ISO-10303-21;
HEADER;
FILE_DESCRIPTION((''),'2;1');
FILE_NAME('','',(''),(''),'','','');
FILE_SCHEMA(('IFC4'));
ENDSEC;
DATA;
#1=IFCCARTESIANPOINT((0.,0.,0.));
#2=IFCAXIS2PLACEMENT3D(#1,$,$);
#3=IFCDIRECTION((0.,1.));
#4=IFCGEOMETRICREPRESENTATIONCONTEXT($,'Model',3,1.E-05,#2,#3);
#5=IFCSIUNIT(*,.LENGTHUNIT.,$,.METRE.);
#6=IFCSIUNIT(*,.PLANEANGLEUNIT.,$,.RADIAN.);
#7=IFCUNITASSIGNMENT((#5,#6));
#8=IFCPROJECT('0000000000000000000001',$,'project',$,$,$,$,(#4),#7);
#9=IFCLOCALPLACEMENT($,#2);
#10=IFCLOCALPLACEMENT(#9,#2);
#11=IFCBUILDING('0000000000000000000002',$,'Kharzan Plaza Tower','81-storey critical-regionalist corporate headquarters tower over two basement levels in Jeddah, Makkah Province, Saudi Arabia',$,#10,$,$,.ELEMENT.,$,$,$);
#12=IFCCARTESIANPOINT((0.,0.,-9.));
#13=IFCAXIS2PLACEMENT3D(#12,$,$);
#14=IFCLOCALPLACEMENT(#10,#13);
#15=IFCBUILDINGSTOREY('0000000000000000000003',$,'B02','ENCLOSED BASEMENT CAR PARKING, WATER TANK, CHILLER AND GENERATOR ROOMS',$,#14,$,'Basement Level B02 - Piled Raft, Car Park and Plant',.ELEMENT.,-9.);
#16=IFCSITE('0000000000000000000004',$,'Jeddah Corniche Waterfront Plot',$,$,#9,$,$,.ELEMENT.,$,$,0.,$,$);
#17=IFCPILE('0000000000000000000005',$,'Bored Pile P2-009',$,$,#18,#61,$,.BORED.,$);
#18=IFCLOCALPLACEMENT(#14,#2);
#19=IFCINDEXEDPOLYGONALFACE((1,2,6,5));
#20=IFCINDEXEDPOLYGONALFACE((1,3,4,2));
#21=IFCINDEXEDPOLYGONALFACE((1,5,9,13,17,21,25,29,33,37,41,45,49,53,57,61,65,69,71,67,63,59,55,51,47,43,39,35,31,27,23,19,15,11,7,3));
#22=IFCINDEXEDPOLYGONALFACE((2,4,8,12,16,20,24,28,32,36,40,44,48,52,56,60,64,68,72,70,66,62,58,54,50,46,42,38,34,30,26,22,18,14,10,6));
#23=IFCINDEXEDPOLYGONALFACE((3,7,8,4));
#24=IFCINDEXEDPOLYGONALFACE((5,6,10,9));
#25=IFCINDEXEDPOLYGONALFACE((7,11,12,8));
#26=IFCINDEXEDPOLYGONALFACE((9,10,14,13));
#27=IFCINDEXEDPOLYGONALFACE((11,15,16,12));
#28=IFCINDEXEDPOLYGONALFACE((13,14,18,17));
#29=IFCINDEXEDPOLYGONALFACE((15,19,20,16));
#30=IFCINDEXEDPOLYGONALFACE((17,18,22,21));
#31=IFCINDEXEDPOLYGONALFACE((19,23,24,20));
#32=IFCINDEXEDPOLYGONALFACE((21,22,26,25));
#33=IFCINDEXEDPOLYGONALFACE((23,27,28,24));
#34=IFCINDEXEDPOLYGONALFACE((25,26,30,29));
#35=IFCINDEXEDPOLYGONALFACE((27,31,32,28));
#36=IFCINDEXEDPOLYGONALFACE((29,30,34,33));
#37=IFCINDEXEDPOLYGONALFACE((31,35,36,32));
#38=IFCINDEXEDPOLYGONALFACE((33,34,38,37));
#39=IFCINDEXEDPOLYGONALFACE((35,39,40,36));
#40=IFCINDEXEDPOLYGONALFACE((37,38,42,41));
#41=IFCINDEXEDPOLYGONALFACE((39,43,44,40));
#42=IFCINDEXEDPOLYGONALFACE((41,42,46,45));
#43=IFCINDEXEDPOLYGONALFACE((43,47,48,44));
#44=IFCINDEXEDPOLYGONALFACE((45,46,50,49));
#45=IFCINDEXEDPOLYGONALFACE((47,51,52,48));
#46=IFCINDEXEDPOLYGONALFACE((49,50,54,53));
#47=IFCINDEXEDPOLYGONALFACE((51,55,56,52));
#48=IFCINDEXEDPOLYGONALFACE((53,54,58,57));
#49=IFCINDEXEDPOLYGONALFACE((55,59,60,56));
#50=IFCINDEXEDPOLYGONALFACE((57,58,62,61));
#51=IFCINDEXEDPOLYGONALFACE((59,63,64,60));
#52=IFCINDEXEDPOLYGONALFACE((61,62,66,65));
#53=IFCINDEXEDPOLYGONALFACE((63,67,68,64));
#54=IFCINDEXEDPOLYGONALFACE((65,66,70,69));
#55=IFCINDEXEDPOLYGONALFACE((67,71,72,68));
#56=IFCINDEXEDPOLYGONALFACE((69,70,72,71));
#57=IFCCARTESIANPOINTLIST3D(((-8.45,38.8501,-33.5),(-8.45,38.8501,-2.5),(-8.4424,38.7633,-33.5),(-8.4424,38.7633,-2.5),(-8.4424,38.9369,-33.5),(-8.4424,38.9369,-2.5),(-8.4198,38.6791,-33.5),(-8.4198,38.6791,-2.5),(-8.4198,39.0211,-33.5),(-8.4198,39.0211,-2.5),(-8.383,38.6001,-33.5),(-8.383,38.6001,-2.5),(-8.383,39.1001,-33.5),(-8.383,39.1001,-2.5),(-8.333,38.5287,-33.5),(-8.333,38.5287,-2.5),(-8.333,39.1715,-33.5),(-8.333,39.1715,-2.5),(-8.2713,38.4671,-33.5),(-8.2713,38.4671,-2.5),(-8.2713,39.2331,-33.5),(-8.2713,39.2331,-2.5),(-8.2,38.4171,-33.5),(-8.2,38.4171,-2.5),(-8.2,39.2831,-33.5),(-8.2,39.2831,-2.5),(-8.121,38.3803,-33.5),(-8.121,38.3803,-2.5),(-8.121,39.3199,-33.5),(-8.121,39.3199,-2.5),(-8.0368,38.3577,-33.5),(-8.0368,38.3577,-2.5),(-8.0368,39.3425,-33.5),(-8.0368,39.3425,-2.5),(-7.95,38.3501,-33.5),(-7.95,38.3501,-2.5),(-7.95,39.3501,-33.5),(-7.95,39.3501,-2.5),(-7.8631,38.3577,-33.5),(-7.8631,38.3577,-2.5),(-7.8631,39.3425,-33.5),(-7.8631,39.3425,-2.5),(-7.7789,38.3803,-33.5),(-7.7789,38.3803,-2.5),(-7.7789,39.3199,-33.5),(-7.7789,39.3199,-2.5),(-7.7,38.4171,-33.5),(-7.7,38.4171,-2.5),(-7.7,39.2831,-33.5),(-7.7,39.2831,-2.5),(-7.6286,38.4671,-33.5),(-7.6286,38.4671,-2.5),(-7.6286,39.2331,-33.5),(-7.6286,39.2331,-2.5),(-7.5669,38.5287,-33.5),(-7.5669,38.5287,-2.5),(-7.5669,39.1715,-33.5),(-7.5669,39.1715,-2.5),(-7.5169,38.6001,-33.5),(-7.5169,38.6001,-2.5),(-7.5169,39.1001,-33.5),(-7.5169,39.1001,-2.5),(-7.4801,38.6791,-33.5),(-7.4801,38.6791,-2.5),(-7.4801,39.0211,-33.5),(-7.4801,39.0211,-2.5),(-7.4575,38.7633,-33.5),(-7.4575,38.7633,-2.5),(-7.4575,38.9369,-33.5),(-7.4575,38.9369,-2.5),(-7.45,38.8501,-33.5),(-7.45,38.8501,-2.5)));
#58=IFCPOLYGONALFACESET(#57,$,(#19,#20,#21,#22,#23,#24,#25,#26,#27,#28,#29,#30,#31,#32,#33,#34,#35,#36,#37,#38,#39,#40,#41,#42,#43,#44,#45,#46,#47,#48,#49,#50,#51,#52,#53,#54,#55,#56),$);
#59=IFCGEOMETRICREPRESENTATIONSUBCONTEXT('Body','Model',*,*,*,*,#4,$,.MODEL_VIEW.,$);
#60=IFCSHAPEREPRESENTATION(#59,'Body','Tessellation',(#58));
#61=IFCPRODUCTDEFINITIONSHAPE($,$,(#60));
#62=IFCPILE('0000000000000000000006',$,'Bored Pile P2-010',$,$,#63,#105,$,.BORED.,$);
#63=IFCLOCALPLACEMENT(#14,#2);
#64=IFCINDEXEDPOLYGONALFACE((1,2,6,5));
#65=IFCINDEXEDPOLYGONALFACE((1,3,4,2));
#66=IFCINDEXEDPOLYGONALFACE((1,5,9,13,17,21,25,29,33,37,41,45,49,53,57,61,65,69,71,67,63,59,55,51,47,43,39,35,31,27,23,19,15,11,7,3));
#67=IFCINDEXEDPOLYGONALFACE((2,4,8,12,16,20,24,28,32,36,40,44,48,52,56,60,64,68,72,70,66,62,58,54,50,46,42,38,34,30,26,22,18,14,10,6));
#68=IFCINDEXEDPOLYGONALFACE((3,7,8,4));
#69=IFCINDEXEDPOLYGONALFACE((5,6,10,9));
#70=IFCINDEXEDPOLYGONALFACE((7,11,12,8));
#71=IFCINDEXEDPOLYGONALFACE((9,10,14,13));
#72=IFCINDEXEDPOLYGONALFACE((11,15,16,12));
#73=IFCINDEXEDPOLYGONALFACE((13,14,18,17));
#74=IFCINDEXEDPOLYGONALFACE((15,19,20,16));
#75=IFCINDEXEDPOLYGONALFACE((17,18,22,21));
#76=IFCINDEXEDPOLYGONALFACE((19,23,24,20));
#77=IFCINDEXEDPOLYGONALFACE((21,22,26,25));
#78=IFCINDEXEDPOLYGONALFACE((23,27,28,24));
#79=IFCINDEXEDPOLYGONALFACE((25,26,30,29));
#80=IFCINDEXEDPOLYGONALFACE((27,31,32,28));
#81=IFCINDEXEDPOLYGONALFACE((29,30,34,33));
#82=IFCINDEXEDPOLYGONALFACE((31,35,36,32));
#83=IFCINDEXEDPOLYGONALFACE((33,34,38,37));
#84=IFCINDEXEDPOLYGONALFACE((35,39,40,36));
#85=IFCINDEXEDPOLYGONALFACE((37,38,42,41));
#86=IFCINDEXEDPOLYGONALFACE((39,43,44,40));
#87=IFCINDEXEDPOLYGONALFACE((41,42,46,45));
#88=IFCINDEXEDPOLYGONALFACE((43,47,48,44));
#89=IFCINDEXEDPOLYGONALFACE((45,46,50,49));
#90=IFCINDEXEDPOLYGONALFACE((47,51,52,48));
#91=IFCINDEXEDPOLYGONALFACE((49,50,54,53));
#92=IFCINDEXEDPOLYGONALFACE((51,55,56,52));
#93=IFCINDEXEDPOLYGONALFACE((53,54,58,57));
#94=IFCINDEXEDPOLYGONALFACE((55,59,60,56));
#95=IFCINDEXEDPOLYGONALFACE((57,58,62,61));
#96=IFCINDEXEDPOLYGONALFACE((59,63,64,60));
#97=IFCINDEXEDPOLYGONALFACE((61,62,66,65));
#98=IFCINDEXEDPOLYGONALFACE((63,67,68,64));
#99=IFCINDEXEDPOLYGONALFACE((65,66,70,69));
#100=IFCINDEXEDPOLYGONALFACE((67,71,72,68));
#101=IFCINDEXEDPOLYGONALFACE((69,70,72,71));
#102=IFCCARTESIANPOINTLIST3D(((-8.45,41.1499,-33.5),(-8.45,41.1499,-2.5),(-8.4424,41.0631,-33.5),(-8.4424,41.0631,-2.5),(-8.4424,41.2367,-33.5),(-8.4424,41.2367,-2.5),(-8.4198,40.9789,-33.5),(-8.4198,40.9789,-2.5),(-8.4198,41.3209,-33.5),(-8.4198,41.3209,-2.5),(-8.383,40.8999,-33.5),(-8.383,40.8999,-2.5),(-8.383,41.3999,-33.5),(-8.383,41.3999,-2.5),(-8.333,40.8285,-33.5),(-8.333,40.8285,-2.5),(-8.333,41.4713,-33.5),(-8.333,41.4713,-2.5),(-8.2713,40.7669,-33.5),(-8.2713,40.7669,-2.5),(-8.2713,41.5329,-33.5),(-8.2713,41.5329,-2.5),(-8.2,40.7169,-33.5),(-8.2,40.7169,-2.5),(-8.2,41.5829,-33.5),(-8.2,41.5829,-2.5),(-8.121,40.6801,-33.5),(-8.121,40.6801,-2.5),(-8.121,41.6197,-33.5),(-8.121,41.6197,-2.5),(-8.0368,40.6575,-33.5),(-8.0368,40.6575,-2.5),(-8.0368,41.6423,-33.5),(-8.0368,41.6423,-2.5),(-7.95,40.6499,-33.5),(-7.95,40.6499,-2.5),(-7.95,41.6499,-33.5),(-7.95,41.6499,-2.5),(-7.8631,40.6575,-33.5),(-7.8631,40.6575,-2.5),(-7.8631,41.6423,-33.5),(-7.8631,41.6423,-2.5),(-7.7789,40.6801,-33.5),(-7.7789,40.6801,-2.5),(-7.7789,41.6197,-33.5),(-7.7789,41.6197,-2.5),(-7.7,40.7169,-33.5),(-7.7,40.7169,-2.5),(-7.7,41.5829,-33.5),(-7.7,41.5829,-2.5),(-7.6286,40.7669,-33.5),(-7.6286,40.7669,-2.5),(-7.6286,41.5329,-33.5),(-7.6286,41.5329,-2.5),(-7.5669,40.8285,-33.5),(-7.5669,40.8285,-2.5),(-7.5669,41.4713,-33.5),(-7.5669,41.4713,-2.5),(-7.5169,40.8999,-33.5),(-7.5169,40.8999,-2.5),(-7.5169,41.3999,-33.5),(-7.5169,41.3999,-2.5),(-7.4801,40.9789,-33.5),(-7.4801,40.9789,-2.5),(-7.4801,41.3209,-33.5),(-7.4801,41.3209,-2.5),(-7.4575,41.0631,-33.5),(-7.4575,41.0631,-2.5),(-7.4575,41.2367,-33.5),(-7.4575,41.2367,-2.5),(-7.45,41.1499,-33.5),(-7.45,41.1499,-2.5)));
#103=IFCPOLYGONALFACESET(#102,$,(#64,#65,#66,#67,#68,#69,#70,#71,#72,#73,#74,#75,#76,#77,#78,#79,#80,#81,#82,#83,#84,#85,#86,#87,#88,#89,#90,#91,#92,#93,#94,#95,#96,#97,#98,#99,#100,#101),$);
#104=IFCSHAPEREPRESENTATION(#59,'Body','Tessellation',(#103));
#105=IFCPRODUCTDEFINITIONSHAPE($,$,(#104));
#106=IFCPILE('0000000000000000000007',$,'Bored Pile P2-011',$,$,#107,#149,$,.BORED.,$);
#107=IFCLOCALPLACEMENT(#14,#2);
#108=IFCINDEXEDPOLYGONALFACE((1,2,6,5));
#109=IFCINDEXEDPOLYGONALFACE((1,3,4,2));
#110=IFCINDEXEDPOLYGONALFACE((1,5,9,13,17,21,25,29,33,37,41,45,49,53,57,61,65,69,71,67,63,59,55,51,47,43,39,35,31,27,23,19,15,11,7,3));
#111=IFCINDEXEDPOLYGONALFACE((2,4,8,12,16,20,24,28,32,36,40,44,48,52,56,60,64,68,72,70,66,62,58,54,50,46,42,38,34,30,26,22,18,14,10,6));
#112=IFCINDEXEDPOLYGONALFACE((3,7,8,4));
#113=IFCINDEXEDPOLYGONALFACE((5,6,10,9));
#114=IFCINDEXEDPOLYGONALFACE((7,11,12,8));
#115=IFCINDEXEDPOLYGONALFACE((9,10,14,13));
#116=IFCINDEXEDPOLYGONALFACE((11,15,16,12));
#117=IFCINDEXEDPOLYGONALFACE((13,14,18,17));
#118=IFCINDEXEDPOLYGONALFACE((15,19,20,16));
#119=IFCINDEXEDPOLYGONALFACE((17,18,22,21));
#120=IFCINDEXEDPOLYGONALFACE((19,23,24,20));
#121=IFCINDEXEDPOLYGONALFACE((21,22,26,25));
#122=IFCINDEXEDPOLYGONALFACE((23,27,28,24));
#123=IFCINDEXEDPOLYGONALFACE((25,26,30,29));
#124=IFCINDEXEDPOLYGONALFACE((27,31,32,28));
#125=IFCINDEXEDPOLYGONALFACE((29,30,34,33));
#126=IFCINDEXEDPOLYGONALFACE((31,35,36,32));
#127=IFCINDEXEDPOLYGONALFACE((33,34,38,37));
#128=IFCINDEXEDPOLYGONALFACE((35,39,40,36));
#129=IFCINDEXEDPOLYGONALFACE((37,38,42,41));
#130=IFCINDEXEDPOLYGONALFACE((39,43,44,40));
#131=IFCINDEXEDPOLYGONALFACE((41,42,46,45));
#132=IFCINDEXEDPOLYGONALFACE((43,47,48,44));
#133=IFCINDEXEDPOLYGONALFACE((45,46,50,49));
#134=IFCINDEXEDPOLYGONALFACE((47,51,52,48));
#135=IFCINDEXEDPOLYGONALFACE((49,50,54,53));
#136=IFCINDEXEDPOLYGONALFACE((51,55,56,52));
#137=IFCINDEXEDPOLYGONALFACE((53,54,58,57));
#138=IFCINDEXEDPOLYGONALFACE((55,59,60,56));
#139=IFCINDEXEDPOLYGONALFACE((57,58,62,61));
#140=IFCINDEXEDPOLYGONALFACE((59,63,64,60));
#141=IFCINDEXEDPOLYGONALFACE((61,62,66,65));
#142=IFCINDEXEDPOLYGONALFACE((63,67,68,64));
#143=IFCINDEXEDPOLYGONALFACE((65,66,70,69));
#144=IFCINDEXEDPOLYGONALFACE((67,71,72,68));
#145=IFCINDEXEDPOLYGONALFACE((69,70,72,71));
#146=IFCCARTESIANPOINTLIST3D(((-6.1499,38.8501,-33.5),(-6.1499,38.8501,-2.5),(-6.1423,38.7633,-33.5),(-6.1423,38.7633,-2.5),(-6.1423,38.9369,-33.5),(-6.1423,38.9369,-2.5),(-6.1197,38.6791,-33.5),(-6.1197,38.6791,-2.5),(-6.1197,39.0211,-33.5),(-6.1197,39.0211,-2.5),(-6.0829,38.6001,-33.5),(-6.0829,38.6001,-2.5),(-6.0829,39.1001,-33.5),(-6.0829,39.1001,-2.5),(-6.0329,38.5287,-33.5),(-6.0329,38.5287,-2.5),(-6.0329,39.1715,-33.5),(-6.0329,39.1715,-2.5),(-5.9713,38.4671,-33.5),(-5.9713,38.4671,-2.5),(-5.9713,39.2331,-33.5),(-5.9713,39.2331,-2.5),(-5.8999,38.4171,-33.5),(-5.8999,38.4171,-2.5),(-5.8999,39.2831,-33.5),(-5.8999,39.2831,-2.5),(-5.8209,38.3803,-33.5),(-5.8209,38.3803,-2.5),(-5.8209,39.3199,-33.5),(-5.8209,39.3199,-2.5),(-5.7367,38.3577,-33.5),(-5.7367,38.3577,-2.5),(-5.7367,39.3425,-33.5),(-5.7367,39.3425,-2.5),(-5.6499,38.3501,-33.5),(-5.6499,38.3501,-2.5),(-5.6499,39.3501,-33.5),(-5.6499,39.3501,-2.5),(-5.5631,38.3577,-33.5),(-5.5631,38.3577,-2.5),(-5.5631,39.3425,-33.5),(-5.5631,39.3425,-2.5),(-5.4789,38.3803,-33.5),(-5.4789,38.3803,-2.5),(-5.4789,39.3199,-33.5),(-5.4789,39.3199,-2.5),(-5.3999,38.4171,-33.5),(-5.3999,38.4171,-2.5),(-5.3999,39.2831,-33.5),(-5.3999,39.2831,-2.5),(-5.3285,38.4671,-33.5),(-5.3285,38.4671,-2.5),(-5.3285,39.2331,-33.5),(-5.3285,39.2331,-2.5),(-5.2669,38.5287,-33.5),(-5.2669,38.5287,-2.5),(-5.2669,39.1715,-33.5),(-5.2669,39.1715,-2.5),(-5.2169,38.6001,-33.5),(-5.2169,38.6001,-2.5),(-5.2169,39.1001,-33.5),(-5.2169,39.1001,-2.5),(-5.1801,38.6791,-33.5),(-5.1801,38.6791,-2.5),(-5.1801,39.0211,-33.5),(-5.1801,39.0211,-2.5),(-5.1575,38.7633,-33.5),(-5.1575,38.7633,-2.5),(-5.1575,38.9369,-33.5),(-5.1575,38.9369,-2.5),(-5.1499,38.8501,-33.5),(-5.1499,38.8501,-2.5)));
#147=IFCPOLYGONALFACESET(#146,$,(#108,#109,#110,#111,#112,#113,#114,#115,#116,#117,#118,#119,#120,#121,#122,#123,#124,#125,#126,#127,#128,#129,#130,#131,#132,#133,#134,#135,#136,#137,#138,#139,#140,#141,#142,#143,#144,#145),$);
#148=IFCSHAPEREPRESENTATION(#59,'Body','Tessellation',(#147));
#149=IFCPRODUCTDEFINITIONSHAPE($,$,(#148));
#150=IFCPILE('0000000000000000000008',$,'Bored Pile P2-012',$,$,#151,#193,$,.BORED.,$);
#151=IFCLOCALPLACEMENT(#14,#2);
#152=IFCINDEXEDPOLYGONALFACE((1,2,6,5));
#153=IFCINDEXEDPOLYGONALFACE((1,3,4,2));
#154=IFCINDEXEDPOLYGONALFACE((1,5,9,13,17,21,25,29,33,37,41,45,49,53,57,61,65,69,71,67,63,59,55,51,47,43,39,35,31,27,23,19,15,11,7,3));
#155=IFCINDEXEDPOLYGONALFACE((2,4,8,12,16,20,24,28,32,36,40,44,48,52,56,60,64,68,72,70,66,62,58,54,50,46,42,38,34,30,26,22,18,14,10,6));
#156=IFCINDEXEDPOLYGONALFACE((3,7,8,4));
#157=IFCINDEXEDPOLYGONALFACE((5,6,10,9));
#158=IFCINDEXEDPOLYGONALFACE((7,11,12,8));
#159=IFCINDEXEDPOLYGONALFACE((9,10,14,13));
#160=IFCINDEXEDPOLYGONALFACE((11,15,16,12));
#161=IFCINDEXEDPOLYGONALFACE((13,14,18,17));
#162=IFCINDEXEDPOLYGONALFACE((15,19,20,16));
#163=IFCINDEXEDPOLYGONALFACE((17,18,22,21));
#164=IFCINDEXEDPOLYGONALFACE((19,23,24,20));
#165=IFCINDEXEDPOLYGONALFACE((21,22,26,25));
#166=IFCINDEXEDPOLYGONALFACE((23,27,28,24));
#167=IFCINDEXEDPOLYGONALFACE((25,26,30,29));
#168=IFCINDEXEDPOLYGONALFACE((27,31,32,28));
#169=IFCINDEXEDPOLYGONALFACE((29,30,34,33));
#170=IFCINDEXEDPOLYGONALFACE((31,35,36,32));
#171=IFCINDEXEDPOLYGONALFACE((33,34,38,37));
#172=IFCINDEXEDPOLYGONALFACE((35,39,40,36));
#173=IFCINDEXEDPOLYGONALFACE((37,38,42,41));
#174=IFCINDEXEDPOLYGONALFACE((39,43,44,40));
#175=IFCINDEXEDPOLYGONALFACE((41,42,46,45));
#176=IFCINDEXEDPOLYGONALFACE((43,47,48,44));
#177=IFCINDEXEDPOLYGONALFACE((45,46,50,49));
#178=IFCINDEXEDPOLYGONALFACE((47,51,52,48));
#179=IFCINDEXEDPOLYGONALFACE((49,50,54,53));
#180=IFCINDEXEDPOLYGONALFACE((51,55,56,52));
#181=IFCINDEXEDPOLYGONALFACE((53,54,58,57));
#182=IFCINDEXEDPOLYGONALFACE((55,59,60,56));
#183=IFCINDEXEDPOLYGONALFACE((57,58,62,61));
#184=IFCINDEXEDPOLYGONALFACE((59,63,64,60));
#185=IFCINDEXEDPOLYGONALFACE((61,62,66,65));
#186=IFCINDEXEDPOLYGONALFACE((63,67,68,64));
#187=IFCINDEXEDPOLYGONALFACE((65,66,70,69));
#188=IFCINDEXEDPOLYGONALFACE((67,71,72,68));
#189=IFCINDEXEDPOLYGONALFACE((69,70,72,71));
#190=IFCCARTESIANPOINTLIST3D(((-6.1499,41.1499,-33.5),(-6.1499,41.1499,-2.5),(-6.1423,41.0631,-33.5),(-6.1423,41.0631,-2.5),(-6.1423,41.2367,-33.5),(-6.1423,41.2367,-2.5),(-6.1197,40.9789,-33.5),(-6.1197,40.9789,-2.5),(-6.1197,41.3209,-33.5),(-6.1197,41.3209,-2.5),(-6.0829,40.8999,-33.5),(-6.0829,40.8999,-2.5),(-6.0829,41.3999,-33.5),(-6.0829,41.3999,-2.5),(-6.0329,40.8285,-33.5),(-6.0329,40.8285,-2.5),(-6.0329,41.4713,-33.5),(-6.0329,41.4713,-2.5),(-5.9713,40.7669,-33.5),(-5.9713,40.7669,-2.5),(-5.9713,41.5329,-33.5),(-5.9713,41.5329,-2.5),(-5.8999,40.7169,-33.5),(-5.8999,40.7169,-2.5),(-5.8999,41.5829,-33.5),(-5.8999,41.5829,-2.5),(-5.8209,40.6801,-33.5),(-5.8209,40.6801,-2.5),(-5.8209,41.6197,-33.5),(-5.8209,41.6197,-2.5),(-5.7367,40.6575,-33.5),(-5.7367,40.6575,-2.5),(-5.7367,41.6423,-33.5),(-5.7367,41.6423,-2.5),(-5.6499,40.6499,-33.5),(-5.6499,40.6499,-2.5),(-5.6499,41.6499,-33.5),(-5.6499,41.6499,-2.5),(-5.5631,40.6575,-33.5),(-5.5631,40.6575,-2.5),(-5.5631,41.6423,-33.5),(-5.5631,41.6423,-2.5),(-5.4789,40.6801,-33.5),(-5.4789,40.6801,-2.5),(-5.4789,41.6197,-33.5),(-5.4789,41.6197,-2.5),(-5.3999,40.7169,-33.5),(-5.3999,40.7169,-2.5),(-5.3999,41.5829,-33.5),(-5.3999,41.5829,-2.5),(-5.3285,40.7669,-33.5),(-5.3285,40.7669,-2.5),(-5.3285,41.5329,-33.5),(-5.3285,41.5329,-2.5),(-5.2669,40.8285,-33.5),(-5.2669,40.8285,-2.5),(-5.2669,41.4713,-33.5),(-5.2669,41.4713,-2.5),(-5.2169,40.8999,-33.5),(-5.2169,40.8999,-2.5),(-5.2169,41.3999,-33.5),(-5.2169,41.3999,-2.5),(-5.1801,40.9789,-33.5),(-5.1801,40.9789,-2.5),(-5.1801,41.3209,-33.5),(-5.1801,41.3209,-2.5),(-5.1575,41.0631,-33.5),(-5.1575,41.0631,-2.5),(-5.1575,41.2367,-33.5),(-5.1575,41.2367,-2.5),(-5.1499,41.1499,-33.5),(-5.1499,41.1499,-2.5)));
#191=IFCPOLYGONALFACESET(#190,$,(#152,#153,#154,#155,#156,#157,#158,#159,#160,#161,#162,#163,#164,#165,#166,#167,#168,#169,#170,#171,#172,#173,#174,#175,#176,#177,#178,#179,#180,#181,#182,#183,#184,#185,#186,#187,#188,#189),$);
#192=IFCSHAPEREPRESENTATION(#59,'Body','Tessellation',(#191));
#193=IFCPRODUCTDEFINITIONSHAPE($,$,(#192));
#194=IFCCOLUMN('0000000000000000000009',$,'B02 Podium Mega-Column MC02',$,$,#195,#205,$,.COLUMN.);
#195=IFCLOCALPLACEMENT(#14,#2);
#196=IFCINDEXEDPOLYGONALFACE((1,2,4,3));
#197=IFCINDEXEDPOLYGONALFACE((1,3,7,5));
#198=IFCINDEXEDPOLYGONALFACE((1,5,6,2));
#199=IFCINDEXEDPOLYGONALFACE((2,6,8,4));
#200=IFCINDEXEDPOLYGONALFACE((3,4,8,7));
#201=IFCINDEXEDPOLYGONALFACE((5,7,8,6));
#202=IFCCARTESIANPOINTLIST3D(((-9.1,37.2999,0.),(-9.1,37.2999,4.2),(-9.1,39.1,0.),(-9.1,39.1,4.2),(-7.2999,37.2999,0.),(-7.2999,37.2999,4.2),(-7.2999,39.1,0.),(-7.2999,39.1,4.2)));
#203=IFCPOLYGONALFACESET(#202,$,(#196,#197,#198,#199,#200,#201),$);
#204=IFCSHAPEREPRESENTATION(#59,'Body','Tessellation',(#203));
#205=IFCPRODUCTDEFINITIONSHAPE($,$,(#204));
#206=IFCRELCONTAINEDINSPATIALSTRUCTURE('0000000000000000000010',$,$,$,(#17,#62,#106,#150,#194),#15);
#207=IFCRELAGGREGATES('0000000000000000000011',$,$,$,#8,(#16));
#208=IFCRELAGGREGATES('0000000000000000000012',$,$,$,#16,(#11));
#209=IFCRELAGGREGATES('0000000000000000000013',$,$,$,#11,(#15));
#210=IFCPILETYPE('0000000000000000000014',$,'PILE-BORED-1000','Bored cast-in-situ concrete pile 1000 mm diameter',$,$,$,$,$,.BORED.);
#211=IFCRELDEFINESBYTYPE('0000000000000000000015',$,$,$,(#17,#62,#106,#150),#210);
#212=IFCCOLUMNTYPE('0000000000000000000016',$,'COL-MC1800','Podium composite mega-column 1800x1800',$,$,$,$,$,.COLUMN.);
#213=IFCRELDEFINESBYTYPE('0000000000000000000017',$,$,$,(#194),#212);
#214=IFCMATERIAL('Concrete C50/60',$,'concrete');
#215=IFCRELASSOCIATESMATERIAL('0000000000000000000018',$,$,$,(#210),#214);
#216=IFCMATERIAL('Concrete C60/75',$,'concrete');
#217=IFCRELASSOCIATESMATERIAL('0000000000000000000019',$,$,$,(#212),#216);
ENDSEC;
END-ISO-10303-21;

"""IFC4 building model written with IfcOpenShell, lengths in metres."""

from ifc_helpers import new_model, si_unit, direction, frame, origin, origin_2d, place, context, subcontext, project, spatial, rectangle, circle, extrude, source, transform, mapped, material, material_profile, profile_set, type_object, element, save


model = new_model("IFC4")

# Units and contexts
model_context = context("Model", 3, precision=1e-05, world=origin(), true_north=direction((0.0, 1.0)))
body_context = subcontext(model_context, "Body", "Model", "MODEL_VIEW")
ifc_project = project(units=[si_unit("LENGTHUNIT", "METRE"), si_unit("PLANEANGLEUNIT", "RADIAN")], contexts=[model_context])

# Site, building, storey
site_placement = place(None, origin())
site = spatial("IfcSite", under=ifc_project, at=site_placement, Name="Jeddah Corniche Waterfront Plot", CompositionType="ELEMENT", RefElevation=0.0)
building_placement = place(site_placement, origin())
building = spatial("IfcBuilding", under=site, at=building_placement, Name="Kharzan Plaza Tower", Description="81-storey critical-regionalist corporate headquarters tower over two basement levels in Jeddah, Makkah Province, Saudi Arabia", CompositionType="ELEMENT")
storey_placement = place(building_placement, frame((0.0, 0.0, -9.0)))
storey = spatial("IfcBuildingStorey", under=building, at=storey_placement, Name="B02", Description="ENCLOSED BASEMENT CAR PARKING, WATER TANK, CHILLER AND GENERATOR ROOMS", LongName="Basement Level B02 - Piled Raft, Car Park and Plant", CompositionType="ELEMENT", Elevation=-9.0)

# Shared definitions
ifc_material_1 = material(Name="Concrete C50/60", Category="concrete")

# Piles
ifc_material_profile_1 = material_profile(ifc_material_1, circle(Radius=0.5, at=origin_2d()), Name="PILE-D1000")
ifc_profile_set_1 = profile_set([ifc_material_profile_1], Name="Concrete C50/60")
pile_type_1 = type_object("IfcPileType", Name="PILE-BORED-1000", Description="Bored cast-in-situ concrete pile 1000 mm diameter", PredefinedType="BORED", material=ifc_profile_set_1)
shared_shape_1 = source(origin(), body_context, "Body", "SweptSolid", [
    extrude(circle(Radius=0.5, at=origin_2d()), origin(), (0.0, 0.0, 1.0), 31.0),
])
for number, where, z_axis, x_axis, name in (
    (1, (-7.95, 38.8501, -2.5), (0.0, 0.0, -1.0), (1.0, 0.0, 0.0), "Bored Pile P2-009"),
    (2, (-7.95, 41.1499, -2.5), (0.0, 0.0, -1.0), (1.0, 0.0, 0.0), "Bored Pile P2-010"),
    (3, (-5.6499, 38.8501, -2.5), (0.0, 0.0, -1.0), (1.0, 0.0, 0.0), "Bored Pile P2-011"),
    (4, (-5.6499, 41.1499, -2.5), (0.0, 0.0, -1.0), (1.0, 0.0, 0.0), "Bored Pile P2-012"),
):
    element("IfcPile", number, at=place(storey_placement, frame(where, z_axis=z_axis, x_axis=x_axis)), inside=storey, type_object=pile_type_1, Name=name, PredefinedType="BORED", context=body_context, shape_type="MappedRepresentation", body=[
        mapped(shared_shape_1, transform((0.0, 0.0, 0.0), x_axis=(1.0, 0.0, 0.0), y_axis=(0.0, 1.0, 0.0), z_axis=(0.0, 0.0, 1.0))),
    ])

# Column
ifc_material_2 = material(Name="Concrete C60/75", Category="concrete")
ifc_material_profile_2 = material_profile(ifc_material_2, rectangle(XDim=1.8, YDim=1.8, at=origin_2d()), Name="RC-MC1800x1800")
ifc_profile_set_2 = profile_set([ifc_material_profile_2], Name="Concrete C60/75")
column_type = type_object("IfcColumnType", Name="COL-MC1800", Description="Podium composite mega-column 1800x1800", PredefinedType="COLUMN", material=ifc_profile_set_2)
shared_shape_2 = source(origin(), body_context, "Body", "SweptSolid", [
    extrude(rectangle(XDim=1.8, YDim=1.8, at=origin_2d()), origin(), (0.0, 0.0, 1.0), 4.2),
])
for number, where, z_axis, x_axis, name in (
    (5, (-8.2, 38.2, 0.0), (0.0, 0.0, 1.0), (1.0, 0.0, 0.0), "B02 Podium Mega-Column MC02"),
):
    element("IfcColumn", number, at=place(storey_placement, frame(where, z_axis=z_axis, x_axis=x_axis)), inside=storey, type_object=column_type, Name=name, PredefinedType="COLUMN", context=body_context, shape_type="MappedRepresentation", body=[
        mapped(shared_shape_2, transform((0.0, 0.0, 0.0), x_axis=(1.0, 0.0, 0.0), y_axis=(0.0, 1.0, 0.0), z_axis=(0.0, 0.0, 1.0))),
    ])

save(model, "model.ifc")
